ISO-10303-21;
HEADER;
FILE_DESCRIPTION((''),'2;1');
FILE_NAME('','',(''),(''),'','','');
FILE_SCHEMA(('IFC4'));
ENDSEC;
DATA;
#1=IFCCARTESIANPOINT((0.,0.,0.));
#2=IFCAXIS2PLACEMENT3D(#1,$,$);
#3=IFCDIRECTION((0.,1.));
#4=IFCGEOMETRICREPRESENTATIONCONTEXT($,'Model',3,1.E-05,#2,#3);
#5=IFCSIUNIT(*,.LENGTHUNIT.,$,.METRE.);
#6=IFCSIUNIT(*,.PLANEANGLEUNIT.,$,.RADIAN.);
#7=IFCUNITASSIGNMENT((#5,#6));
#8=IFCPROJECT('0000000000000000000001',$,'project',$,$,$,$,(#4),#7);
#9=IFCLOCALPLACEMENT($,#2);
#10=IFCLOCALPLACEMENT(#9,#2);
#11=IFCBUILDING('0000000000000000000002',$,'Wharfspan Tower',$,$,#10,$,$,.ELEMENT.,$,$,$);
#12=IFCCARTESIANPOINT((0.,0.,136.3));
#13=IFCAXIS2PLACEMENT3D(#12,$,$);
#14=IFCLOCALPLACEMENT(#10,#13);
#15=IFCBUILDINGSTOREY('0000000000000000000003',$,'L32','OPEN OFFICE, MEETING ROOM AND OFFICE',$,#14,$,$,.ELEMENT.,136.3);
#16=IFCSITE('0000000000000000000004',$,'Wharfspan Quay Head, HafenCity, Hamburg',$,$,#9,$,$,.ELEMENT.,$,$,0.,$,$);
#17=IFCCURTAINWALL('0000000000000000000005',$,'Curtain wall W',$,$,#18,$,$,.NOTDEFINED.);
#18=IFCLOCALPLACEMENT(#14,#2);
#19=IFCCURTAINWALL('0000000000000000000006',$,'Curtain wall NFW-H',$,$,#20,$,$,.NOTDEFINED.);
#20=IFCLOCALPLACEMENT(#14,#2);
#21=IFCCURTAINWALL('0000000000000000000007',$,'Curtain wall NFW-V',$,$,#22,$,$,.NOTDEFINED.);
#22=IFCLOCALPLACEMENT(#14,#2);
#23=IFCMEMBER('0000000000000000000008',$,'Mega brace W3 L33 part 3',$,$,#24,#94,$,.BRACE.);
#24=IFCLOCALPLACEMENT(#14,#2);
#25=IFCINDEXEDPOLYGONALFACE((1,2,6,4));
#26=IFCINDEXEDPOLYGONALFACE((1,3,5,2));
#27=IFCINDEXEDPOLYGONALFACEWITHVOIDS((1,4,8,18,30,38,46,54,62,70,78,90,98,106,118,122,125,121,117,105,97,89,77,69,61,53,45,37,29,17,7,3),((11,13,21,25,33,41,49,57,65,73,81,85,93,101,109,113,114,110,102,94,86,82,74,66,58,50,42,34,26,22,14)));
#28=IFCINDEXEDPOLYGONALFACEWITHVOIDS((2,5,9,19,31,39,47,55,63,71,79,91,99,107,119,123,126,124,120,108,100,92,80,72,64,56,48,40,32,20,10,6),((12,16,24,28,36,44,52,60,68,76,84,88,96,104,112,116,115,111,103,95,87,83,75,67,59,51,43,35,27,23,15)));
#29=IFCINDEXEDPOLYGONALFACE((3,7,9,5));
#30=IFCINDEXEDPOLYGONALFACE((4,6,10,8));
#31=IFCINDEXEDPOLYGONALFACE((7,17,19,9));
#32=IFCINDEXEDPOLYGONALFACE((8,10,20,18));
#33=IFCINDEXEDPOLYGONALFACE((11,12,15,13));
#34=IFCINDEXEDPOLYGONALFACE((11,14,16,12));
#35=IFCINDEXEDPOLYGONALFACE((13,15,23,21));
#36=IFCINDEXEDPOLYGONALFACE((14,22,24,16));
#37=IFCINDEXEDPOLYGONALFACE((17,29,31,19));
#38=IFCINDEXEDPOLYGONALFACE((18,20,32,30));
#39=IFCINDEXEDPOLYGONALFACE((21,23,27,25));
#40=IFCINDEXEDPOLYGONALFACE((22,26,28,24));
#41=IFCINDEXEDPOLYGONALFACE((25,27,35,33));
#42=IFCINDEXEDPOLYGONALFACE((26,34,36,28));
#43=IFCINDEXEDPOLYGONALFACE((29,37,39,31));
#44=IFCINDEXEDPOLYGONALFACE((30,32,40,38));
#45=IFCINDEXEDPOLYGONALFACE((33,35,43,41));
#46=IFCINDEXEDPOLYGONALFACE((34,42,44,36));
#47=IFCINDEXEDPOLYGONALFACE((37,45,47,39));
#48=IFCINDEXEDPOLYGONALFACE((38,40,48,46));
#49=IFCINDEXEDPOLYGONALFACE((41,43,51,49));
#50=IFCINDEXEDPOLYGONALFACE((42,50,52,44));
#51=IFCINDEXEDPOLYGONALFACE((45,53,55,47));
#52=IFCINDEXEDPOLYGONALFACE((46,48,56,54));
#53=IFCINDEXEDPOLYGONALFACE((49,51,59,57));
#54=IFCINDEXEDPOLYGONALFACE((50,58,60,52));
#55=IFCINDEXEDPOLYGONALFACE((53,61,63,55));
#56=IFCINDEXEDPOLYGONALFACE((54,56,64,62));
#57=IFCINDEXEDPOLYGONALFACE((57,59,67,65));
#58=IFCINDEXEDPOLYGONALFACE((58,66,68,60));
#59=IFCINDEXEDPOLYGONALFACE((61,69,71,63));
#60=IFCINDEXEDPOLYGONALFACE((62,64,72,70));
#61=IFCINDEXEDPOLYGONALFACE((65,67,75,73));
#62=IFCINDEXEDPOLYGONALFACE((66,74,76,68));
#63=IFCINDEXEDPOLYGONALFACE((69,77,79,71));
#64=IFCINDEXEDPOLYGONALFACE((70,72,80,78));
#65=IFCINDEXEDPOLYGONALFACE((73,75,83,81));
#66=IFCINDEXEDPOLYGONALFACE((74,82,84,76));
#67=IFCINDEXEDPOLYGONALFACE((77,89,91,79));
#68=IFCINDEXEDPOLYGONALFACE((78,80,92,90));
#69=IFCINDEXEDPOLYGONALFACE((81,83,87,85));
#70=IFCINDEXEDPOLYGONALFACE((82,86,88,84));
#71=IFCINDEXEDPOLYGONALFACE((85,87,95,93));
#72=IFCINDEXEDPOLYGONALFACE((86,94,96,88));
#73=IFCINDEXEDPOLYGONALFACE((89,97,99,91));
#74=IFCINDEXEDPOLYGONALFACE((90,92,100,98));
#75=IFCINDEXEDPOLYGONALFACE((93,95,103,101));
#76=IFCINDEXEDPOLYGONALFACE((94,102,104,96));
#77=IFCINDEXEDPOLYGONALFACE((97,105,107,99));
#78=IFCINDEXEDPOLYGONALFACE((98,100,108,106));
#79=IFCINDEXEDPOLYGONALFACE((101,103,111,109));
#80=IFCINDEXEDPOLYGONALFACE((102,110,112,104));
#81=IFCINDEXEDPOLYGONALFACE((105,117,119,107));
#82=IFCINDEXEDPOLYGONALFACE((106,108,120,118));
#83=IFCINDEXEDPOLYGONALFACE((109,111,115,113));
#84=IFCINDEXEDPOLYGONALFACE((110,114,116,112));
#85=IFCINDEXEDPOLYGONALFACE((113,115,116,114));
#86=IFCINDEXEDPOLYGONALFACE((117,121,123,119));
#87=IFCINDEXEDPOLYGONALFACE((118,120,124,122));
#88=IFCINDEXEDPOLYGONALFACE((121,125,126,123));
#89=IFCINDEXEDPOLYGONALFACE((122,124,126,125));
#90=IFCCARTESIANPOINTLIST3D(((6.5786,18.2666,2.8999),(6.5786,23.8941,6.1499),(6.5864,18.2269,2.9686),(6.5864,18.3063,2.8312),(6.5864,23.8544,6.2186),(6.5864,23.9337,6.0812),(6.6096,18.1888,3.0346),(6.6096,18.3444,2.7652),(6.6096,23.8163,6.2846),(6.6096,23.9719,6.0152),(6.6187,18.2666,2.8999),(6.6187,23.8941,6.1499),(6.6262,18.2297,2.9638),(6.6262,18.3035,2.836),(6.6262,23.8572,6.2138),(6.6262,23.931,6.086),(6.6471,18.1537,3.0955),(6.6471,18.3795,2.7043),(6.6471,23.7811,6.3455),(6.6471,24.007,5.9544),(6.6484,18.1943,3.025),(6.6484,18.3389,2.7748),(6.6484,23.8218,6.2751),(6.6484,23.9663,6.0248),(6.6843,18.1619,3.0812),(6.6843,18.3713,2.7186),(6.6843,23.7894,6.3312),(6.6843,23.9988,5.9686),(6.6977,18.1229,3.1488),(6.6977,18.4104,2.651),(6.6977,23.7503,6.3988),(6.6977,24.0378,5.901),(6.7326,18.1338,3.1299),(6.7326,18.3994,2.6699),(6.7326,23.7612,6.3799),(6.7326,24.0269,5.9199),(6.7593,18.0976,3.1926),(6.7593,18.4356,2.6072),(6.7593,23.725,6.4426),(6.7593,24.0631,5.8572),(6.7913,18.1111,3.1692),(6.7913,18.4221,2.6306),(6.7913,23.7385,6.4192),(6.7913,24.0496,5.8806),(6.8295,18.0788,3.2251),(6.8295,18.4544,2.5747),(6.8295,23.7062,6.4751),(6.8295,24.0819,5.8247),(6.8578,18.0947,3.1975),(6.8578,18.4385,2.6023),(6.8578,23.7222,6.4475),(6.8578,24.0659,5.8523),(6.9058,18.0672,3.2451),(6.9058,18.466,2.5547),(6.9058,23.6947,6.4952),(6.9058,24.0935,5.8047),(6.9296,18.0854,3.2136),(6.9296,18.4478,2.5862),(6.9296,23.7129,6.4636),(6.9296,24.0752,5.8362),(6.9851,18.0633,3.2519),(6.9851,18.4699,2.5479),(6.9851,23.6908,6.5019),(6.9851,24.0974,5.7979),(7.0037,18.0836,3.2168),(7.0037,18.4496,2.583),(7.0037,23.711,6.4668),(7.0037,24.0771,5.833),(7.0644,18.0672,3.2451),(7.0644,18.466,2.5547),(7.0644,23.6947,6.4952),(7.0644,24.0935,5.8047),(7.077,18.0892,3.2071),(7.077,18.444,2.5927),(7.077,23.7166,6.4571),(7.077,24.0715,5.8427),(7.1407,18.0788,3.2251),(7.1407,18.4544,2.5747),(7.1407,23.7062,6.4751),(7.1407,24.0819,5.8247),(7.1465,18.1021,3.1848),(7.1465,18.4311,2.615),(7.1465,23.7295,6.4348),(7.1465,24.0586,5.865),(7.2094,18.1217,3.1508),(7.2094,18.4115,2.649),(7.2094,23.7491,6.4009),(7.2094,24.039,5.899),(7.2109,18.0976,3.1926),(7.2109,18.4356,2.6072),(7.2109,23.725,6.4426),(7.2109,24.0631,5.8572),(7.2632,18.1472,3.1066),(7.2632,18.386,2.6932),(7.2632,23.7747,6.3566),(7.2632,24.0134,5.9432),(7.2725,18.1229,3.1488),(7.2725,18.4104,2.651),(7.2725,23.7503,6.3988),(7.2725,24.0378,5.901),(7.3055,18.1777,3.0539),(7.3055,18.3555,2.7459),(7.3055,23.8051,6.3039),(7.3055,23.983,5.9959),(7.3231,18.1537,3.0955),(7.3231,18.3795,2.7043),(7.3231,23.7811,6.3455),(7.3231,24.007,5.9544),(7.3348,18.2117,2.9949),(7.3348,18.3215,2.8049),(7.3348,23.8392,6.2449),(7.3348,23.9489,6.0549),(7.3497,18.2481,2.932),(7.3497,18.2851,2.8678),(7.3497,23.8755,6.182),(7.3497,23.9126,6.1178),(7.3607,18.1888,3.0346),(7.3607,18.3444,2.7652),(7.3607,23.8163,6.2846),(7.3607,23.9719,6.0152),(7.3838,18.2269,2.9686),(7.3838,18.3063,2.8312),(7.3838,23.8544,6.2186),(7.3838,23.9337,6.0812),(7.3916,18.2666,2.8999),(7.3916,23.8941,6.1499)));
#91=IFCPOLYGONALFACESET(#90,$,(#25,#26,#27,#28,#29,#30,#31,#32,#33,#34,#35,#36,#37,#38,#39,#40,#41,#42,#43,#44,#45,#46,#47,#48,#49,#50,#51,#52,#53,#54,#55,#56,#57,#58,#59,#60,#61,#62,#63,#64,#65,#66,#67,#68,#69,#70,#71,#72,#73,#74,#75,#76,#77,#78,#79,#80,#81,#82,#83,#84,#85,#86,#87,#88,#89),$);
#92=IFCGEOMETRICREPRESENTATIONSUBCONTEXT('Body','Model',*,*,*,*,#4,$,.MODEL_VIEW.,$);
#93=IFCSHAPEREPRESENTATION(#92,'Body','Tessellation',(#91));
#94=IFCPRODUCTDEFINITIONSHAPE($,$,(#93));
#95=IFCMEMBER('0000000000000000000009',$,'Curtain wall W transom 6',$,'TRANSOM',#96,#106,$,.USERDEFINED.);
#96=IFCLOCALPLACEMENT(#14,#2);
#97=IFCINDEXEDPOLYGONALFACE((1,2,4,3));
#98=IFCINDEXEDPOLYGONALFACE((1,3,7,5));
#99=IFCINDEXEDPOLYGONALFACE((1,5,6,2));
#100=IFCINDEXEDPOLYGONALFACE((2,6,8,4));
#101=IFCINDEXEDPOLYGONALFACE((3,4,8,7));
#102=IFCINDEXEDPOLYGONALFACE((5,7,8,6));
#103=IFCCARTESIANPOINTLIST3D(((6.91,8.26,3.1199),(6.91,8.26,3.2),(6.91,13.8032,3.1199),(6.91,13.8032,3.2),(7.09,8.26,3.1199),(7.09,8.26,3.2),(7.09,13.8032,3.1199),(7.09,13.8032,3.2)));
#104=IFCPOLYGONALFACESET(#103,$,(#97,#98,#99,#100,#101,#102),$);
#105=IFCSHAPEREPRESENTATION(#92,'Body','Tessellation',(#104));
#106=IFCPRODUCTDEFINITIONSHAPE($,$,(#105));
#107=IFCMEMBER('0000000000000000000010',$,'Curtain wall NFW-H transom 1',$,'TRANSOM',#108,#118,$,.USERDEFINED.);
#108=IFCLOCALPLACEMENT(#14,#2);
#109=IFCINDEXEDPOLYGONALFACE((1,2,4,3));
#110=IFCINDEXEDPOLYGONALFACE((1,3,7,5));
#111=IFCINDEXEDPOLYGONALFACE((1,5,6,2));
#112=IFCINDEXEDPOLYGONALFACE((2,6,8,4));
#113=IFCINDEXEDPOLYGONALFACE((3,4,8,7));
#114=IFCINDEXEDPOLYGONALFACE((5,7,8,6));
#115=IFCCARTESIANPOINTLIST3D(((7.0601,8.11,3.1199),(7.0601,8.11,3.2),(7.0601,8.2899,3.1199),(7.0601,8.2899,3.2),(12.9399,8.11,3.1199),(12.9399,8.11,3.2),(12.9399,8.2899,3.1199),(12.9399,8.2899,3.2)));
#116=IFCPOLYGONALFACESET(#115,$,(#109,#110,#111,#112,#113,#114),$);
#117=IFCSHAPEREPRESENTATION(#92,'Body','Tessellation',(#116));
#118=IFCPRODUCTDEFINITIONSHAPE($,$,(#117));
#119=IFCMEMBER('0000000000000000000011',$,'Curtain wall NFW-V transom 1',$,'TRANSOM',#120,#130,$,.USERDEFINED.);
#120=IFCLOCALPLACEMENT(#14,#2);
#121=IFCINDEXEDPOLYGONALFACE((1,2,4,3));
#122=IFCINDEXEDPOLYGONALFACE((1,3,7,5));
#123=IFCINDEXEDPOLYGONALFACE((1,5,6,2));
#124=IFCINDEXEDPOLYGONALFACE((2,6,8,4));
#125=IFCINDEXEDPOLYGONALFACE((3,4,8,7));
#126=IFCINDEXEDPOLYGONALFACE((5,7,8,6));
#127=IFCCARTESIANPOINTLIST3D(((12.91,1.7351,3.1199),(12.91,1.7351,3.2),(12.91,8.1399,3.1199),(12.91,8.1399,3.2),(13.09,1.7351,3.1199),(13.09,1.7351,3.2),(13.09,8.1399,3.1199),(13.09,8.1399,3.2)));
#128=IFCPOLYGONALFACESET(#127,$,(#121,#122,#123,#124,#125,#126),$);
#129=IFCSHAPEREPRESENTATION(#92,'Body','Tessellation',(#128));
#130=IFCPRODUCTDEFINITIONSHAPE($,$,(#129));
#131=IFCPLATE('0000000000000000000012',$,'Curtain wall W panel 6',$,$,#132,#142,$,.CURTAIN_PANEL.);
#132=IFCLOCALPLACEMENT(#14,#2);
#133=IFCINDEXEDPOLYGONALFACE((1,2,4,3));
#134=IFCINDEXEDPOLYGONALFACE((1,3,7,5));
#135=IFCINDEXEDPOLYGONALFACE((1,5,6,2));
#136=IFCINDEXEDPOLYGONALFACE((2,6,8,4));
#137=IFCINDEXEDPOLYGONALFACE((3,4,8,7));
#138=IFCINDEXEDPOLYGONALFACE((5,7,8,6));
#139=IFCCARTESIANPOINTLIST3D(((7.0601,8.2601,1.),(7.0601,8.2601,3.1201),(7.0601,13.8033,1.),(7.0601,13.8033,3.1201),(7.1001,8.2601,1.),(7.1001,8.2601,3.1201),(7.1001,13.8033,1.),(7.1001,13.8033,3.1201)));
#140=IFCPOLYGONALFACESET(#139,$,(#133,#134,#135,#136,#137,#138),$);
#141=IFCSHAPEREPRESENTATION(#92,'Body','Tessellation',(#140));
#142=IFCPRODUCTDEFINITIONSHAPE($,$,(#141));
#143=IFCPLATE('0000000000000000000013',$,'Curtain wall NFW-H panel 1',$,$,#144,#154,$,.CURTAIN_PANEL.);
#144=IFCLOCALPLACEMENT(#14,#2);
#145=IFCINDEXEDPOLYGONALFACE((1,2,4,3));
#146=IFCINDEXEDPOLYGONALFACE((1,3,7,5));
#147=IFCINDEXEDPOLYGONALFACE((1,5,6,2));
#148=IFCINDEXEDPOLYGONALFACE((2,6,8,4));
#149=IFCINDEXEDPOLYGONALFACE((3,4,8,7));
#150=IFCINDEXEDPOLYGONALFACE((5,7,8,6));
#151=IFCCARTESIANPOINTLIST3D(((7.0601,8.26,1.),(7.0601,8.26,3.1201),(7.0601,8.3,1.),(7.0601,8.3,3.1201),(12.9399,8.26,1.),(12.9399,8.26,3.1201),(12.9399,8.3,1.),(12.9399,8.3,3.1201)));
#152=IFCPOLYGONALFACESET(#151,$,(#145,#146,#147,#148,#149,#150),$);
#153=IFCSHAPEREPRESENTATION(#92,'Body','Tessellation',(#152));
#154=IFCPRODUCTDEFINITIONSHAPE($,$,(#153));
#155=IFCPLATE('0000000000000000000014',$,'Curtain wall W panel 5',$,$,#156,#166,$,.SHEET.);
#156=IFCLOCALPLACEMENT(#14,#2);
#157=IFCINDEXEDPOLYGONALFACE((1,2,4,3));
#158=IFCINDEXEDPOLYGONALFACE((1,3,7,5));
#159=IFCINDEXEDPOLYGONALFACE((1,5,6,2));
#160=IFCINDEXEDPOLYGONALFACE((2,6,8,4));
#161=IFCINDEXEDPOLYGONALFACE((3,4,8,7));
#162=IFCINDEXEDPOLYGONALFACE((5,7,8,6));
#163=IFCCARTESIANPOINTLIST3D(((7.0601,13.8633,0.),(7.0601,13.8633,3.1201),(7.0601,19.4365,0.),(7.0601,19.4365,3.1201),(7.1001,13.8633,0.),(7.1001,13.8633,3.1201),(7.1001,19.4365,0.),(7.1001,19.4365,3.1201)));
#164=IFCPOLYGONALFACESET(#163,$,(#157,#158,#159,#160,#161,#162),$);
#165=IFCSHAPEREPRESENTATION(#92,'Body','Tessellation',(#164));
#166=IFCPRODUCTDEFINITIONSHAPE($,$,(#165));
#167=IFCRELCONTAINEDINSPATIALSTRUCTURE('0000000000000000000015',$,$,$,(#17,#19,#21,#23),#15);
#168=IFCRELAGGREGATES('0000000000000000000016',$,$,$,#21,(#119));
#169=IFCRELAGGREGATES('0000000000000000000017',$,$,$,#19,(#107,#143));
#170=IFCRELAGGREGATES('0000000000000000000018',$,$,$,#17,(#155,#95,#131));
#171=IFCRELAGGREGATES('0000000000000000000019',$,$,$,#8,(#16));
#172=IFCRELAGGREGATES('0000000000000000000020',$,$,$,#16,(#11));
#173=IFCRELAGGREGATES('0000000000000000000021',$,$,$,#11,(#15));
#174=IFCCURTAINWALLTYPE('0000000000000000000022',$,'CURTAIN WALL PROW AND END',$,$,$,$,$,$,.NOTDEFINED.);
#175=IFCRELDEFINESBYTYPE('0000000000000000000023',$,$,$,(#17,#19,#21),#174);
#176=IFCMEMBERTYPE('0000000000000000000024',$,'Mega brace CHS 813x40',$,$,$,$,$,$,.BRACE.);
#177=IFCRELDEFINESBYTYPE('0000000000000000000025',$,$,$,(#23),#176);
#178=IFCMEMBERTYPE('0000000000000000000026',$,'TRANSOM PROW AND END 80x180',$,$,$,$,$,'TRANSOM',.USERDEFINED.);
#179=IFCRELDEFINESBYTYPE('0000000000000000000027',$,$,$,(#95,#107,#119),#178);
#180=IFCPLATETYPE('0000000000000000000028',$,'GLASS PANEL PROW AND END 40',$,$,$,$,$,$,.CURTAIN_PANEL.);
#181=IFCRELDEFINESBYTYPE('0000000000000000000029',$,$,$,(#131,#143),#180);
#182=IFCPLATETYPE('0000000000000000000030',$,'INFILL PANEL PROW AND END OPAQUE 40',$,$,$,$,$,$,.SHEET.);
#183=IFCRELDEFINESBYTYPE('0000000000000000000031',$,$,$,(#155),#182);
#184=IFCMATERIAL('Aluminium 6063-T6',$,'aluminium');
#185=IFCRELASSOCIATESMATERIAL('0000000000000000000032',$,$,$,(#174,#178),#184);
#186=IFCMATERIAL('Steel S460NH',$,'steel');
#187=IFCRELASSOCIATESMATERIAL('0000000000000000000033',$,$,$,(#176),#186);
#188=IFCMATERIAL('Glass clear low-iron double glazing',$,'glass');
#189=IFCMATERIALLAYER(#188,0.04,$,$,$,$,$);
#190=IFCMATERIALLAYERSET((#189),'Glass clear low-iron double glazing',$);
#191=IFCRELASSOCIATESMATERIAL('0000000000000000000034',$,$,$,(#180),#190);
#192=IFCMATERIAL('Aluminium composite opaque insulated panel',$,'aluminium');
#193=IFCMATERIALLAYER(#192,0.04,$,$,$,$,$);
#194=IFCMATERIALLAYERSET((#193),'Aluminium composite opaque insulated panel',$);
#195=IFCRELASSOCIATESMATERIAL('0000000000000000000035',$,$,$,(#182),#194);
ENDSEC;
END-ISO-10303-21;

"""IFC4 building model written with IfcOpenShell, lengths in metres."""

from ifc_helpers import new_model, si_unit, direction, frame, origin, origin_2d, place, context, subcontext, project, spatial, rectangle, hollow_circle, extrude, material, layer, layer_set, material_profile, profile_set, type_object, element, aggregate, save


model = new_model("IFC4")

# Units and contexts
model_context = context("Model", 3, precision=1e-05, world=origin(), true_north=direction((0.0, 1.0)))
body_context = subcontext(model_context, "Body", "Model", "MODEL_VIEW")
ifc_project = project(units=[si_unit("LENGTHUNIT", "METRE"), si_unit("PLANEANGLEUNIT", "RADIAN")], contexts=[model_context])

# Site, building, storey
site_placement = place(None, origin())
site = spatial("IfcSite", under=ifc_project, at=site_placement, Name="Wharfspan Quay Head, HafenCity, Hamburg", CompositionType="ELEMENT", RefElevation=0.0)
building_placement = place(site_placement, origin())
building = spatial("IfcBuilding", under=site, at=building_placement, Name="Wharfspan Tower", CompositionType="ELEMENT")
storey_placement = place(building_placement, frame((0.0, 0.0, 136.3)))
storey = spatial("IfcBuildingStorey", under=building, at=storey_placement, Name="L32", Description="OPEN OFFICE, MEETING ROOM AND OFFICE", CompositionType="ELEMENT", Elevation=136.3)

# Curtain walls
ifc_material_1 = material(Name="Aluminium 6063-T6", Category="aluminium")
curtain_wall_type = type_object("IfcCurtainWallType", Name="CURTAIN WALL PROW AND END", PredefinedType="NOTDEFINED", material=ifc_material_1)
curtain_wall_1_placement = place(storey_placement, origin())
curtain_wall_1 = element("IfcCurtainWall", 1, at=curtain_wall_1_placement, inside=storey, type_object=curtain_wall_type, Name="Curtain wall W", PredefinedType="NOTDEFINED")
curtain_wall_2_placement = place(storey_placement, origin())
curtain_wall_2 = element("IfcCurtainWall", 2, at=curtain_wall_2_placement, inside=storey, type_object=curtain_wall_type, Name="Curtain wall NFW-H", PredefinedType="NOTDEFINED")
curtain_wall_3_placement = place(storey_placement, origin())
curtain_wall_3 = element("IfcCurtainWall", 3, at=curtain_wall_3_placement, inside=storey, type_object=curtain_wall_type, Name="Curtain wall NFW-V", PredefinedType="NOTDEFINED")

# Members
ifc_material_2 = material(Name="Steel S460NH", Category="steel")
ifc_material_profile_1 = material_profile(ifc_material_2, hollow_circle(Radius=0.4065, WallThickness=0.04, at=origin_2d()))
ifc_profile_set_1 = profile_set([ifc_material_profile_1], Name="Steel S460NH")
member_type_1 = type_object("IfcMemberType", Name="Mega brace CHS 813x40", PredefinedType="BRACE", material=ifc_profile_set_1)
member_1_placement = place(storey_placement, frame((6.9851, 18.2666, 2.8999), z_axis=(0.0, 0.865959, 0.500115), x_axis=(-1.0, 0.0, 0.0)))
element("IfcMember", 4, at=member_1_placement, inside=storey, type_object=member_type_1, Name="Mega brace W3 L33 part 3", PredefinedType="BRACE", context=body_context, shape_type="SweptSolid", body=[
    extrude(hollow_circle(Radius=0.4065, WallThickness=0.04, at=origin_2d()), origin(), (0.0, 0.0, 1.0), 6.4985),
])
ifc_material_profile_2 = material_profile(ifc_material_1, rectangle(XDim=0.1799, YDim=0.0801, at=origin_2d()))
ifc_profile_set_2 = profile_set([ifc_material_profile_2], Name="Aluminium 6063-T6")
member_type_2 = type_object("IfcMemberType", Name="TRANSOM PROW AND END 80x180", ElementType="TRANSOM", PredefinedType="USERDEFINED", material=ifc_profile_set_2)
member_2_placement = place(storey_placement, frame((7.0, 13.8032, 3.1599), z_axis=(0.0, -1.0, 0.0), x_axis=(1.0, 0.0, 0.0)))
member_2 = element("IfcMember", 5, at=member_2_placement, type_object=member_type_2, Name="Curtain wall W transom 6", ObjectType="TRANSOM", PredefinedType="USERDEFINED", context=body_context, shape_type="SweptSolid", body=[
    extrude(rectangle(XDim=0.1799, YDim=0.0801, at=origin_2d()), origin(), (0.0, 0.0, 1.0), 5.5432),
])
member_3_placement = place(storey_placement, frame((7.0601, 8.2, 3.1599), z_axis=(1.0, 0.0, 0.0), x_axis=(0.0, 1.0, 0.0)))
member_3 = element("IfcMember", 6, at=member_3_placement, type_object=member_type_2, Name="Curtain wall NFW-H transom 1", ObjectType="TRANSOM", PredefinedType="USERDEFINED", context=body_context, shape_type="SweptSolid", body=[
    extrude(rectangle(XDim=0.1799, YDim=0.0801, at=origin_2d()), origin(), (0.0, 0.0, 1.0), 5.8799),
])
member_4_placement = place(storey_placement, frame((13.0, 8.1399, 3.1599), z_axis=(0.0, -1.0, 0.0), x_axis=(1.0, 0.0, 0.0)))
member_4 = element("IfcMember", 7, at=member_4_placement, type_object=member_type_2, Name="Curtain wall NFW-V transom 1", ObjectType="TRANSOM", PredefinedType="USERDEFINED", context=body_context, shape_type="SweptSolid", body=[
    extrude(rectangle(XDim=0.1799, YDim=0.0801, at=origin_2d()), origin(), (0.0, 0.0, 1.0), 6.4048),
])
aggregate(curtain_wall_3, [member_4])

# Plates
ifc_material_3 = material(Name="Glass clear low-iron double glazing", Category="glass")
ifc_layer_1 = layer(ifc_material_3, 0.04)
ifc_layer_set_1 = layer_set([ifc_layer_1], Name="Glass clear low-iron double glazing")
plate_type_1 = type_object("IfcPlateType", Name="GLASS PANEL PROW AND END 40", PredefinedType="CURTAIN_PANEL", material=ifc_layer_set_1)
plate_1_placement = place(storey_placement, frame((7.0801, 11.0317, 1.0), z_axis=(0.0, 0.0, 1.0), x_axis=(0.0, -1.0, 0.0)))
plate_1 = element("IfcPlate", 8, at=plate_1_placement, type_object=plate_type_1, Name="Curtain wall W panel 6", PredefinedType="CURTAIN_PANEL", context=body_context, shape_type="SweptSolid", body=[
    extrude(rectangle(XDim=5.5432, YDim=0.04, at=origin_2d()), origin(), (0.0, 0.0, 1.0), 2.1201),
])
plate_2_placement = place(storey_placement, frame((10.0, 8.28, 1.0), z_axis=(0.0, 0.0, 1.0), x_axis=(1.0, 0.0, 0.0)))
plate_2 = element("IfcPlate", 9, at=plate_2_placement, type_object=plate_type_1, Name="Curtain wall NFW-H panel 1", PredefinedType="CURTAIN_PANEL", context=body_context, shape_type="SweptSolid", body=[
    extrude(rectangle(XDim=5.8799, YDim=0.04, at=origin_2d()), origin(), (0.0, 0.0, 1.0), 2.1201),
])
aggregate(curtain_wall_2, [member_3, plate_2])
ifc_material_4 = material(Name="Aluminium composite opaque insulated panel", Category="aluminium")
ifc_layer_2 = layer(ifc_material_4, 0.04)
ifc_layer_set_2 = layer_set([ifc_layer_2], Name="Aluminium composite opaque insulated panel")
plate_type_2 = type_object("IfcPlateType", Name="INFILL PANEL PROW AND END OPAQUE 40", PredefinedType="SHEET", material=ifc_layer_set_2)
plate_3_placement = place(storey_placement, frame((7.0801, 16.6499, 0.0), z_axis=(0.0, 0.0, 1.0), x_axis=(0.0, -1.0, 0.0)))
plate_3 = element("IfcPlate", 10, at=plate_3_placement, type_object=plate_type_2, Name="Curtain wall W panel 5", PredefinedType="SHEET", context=body_context, shape_type="SweptSolid", body=[
    extrude(rectangle(XDim=5.5732, YDim=0.04, at=origin_2d()), origin(), (0.0, 0.0, 1.0), 3.1201),
])
aggregate(curtain_wall_1, [plate_3, member_2, plate_1])

save(model, "model.ifc")
